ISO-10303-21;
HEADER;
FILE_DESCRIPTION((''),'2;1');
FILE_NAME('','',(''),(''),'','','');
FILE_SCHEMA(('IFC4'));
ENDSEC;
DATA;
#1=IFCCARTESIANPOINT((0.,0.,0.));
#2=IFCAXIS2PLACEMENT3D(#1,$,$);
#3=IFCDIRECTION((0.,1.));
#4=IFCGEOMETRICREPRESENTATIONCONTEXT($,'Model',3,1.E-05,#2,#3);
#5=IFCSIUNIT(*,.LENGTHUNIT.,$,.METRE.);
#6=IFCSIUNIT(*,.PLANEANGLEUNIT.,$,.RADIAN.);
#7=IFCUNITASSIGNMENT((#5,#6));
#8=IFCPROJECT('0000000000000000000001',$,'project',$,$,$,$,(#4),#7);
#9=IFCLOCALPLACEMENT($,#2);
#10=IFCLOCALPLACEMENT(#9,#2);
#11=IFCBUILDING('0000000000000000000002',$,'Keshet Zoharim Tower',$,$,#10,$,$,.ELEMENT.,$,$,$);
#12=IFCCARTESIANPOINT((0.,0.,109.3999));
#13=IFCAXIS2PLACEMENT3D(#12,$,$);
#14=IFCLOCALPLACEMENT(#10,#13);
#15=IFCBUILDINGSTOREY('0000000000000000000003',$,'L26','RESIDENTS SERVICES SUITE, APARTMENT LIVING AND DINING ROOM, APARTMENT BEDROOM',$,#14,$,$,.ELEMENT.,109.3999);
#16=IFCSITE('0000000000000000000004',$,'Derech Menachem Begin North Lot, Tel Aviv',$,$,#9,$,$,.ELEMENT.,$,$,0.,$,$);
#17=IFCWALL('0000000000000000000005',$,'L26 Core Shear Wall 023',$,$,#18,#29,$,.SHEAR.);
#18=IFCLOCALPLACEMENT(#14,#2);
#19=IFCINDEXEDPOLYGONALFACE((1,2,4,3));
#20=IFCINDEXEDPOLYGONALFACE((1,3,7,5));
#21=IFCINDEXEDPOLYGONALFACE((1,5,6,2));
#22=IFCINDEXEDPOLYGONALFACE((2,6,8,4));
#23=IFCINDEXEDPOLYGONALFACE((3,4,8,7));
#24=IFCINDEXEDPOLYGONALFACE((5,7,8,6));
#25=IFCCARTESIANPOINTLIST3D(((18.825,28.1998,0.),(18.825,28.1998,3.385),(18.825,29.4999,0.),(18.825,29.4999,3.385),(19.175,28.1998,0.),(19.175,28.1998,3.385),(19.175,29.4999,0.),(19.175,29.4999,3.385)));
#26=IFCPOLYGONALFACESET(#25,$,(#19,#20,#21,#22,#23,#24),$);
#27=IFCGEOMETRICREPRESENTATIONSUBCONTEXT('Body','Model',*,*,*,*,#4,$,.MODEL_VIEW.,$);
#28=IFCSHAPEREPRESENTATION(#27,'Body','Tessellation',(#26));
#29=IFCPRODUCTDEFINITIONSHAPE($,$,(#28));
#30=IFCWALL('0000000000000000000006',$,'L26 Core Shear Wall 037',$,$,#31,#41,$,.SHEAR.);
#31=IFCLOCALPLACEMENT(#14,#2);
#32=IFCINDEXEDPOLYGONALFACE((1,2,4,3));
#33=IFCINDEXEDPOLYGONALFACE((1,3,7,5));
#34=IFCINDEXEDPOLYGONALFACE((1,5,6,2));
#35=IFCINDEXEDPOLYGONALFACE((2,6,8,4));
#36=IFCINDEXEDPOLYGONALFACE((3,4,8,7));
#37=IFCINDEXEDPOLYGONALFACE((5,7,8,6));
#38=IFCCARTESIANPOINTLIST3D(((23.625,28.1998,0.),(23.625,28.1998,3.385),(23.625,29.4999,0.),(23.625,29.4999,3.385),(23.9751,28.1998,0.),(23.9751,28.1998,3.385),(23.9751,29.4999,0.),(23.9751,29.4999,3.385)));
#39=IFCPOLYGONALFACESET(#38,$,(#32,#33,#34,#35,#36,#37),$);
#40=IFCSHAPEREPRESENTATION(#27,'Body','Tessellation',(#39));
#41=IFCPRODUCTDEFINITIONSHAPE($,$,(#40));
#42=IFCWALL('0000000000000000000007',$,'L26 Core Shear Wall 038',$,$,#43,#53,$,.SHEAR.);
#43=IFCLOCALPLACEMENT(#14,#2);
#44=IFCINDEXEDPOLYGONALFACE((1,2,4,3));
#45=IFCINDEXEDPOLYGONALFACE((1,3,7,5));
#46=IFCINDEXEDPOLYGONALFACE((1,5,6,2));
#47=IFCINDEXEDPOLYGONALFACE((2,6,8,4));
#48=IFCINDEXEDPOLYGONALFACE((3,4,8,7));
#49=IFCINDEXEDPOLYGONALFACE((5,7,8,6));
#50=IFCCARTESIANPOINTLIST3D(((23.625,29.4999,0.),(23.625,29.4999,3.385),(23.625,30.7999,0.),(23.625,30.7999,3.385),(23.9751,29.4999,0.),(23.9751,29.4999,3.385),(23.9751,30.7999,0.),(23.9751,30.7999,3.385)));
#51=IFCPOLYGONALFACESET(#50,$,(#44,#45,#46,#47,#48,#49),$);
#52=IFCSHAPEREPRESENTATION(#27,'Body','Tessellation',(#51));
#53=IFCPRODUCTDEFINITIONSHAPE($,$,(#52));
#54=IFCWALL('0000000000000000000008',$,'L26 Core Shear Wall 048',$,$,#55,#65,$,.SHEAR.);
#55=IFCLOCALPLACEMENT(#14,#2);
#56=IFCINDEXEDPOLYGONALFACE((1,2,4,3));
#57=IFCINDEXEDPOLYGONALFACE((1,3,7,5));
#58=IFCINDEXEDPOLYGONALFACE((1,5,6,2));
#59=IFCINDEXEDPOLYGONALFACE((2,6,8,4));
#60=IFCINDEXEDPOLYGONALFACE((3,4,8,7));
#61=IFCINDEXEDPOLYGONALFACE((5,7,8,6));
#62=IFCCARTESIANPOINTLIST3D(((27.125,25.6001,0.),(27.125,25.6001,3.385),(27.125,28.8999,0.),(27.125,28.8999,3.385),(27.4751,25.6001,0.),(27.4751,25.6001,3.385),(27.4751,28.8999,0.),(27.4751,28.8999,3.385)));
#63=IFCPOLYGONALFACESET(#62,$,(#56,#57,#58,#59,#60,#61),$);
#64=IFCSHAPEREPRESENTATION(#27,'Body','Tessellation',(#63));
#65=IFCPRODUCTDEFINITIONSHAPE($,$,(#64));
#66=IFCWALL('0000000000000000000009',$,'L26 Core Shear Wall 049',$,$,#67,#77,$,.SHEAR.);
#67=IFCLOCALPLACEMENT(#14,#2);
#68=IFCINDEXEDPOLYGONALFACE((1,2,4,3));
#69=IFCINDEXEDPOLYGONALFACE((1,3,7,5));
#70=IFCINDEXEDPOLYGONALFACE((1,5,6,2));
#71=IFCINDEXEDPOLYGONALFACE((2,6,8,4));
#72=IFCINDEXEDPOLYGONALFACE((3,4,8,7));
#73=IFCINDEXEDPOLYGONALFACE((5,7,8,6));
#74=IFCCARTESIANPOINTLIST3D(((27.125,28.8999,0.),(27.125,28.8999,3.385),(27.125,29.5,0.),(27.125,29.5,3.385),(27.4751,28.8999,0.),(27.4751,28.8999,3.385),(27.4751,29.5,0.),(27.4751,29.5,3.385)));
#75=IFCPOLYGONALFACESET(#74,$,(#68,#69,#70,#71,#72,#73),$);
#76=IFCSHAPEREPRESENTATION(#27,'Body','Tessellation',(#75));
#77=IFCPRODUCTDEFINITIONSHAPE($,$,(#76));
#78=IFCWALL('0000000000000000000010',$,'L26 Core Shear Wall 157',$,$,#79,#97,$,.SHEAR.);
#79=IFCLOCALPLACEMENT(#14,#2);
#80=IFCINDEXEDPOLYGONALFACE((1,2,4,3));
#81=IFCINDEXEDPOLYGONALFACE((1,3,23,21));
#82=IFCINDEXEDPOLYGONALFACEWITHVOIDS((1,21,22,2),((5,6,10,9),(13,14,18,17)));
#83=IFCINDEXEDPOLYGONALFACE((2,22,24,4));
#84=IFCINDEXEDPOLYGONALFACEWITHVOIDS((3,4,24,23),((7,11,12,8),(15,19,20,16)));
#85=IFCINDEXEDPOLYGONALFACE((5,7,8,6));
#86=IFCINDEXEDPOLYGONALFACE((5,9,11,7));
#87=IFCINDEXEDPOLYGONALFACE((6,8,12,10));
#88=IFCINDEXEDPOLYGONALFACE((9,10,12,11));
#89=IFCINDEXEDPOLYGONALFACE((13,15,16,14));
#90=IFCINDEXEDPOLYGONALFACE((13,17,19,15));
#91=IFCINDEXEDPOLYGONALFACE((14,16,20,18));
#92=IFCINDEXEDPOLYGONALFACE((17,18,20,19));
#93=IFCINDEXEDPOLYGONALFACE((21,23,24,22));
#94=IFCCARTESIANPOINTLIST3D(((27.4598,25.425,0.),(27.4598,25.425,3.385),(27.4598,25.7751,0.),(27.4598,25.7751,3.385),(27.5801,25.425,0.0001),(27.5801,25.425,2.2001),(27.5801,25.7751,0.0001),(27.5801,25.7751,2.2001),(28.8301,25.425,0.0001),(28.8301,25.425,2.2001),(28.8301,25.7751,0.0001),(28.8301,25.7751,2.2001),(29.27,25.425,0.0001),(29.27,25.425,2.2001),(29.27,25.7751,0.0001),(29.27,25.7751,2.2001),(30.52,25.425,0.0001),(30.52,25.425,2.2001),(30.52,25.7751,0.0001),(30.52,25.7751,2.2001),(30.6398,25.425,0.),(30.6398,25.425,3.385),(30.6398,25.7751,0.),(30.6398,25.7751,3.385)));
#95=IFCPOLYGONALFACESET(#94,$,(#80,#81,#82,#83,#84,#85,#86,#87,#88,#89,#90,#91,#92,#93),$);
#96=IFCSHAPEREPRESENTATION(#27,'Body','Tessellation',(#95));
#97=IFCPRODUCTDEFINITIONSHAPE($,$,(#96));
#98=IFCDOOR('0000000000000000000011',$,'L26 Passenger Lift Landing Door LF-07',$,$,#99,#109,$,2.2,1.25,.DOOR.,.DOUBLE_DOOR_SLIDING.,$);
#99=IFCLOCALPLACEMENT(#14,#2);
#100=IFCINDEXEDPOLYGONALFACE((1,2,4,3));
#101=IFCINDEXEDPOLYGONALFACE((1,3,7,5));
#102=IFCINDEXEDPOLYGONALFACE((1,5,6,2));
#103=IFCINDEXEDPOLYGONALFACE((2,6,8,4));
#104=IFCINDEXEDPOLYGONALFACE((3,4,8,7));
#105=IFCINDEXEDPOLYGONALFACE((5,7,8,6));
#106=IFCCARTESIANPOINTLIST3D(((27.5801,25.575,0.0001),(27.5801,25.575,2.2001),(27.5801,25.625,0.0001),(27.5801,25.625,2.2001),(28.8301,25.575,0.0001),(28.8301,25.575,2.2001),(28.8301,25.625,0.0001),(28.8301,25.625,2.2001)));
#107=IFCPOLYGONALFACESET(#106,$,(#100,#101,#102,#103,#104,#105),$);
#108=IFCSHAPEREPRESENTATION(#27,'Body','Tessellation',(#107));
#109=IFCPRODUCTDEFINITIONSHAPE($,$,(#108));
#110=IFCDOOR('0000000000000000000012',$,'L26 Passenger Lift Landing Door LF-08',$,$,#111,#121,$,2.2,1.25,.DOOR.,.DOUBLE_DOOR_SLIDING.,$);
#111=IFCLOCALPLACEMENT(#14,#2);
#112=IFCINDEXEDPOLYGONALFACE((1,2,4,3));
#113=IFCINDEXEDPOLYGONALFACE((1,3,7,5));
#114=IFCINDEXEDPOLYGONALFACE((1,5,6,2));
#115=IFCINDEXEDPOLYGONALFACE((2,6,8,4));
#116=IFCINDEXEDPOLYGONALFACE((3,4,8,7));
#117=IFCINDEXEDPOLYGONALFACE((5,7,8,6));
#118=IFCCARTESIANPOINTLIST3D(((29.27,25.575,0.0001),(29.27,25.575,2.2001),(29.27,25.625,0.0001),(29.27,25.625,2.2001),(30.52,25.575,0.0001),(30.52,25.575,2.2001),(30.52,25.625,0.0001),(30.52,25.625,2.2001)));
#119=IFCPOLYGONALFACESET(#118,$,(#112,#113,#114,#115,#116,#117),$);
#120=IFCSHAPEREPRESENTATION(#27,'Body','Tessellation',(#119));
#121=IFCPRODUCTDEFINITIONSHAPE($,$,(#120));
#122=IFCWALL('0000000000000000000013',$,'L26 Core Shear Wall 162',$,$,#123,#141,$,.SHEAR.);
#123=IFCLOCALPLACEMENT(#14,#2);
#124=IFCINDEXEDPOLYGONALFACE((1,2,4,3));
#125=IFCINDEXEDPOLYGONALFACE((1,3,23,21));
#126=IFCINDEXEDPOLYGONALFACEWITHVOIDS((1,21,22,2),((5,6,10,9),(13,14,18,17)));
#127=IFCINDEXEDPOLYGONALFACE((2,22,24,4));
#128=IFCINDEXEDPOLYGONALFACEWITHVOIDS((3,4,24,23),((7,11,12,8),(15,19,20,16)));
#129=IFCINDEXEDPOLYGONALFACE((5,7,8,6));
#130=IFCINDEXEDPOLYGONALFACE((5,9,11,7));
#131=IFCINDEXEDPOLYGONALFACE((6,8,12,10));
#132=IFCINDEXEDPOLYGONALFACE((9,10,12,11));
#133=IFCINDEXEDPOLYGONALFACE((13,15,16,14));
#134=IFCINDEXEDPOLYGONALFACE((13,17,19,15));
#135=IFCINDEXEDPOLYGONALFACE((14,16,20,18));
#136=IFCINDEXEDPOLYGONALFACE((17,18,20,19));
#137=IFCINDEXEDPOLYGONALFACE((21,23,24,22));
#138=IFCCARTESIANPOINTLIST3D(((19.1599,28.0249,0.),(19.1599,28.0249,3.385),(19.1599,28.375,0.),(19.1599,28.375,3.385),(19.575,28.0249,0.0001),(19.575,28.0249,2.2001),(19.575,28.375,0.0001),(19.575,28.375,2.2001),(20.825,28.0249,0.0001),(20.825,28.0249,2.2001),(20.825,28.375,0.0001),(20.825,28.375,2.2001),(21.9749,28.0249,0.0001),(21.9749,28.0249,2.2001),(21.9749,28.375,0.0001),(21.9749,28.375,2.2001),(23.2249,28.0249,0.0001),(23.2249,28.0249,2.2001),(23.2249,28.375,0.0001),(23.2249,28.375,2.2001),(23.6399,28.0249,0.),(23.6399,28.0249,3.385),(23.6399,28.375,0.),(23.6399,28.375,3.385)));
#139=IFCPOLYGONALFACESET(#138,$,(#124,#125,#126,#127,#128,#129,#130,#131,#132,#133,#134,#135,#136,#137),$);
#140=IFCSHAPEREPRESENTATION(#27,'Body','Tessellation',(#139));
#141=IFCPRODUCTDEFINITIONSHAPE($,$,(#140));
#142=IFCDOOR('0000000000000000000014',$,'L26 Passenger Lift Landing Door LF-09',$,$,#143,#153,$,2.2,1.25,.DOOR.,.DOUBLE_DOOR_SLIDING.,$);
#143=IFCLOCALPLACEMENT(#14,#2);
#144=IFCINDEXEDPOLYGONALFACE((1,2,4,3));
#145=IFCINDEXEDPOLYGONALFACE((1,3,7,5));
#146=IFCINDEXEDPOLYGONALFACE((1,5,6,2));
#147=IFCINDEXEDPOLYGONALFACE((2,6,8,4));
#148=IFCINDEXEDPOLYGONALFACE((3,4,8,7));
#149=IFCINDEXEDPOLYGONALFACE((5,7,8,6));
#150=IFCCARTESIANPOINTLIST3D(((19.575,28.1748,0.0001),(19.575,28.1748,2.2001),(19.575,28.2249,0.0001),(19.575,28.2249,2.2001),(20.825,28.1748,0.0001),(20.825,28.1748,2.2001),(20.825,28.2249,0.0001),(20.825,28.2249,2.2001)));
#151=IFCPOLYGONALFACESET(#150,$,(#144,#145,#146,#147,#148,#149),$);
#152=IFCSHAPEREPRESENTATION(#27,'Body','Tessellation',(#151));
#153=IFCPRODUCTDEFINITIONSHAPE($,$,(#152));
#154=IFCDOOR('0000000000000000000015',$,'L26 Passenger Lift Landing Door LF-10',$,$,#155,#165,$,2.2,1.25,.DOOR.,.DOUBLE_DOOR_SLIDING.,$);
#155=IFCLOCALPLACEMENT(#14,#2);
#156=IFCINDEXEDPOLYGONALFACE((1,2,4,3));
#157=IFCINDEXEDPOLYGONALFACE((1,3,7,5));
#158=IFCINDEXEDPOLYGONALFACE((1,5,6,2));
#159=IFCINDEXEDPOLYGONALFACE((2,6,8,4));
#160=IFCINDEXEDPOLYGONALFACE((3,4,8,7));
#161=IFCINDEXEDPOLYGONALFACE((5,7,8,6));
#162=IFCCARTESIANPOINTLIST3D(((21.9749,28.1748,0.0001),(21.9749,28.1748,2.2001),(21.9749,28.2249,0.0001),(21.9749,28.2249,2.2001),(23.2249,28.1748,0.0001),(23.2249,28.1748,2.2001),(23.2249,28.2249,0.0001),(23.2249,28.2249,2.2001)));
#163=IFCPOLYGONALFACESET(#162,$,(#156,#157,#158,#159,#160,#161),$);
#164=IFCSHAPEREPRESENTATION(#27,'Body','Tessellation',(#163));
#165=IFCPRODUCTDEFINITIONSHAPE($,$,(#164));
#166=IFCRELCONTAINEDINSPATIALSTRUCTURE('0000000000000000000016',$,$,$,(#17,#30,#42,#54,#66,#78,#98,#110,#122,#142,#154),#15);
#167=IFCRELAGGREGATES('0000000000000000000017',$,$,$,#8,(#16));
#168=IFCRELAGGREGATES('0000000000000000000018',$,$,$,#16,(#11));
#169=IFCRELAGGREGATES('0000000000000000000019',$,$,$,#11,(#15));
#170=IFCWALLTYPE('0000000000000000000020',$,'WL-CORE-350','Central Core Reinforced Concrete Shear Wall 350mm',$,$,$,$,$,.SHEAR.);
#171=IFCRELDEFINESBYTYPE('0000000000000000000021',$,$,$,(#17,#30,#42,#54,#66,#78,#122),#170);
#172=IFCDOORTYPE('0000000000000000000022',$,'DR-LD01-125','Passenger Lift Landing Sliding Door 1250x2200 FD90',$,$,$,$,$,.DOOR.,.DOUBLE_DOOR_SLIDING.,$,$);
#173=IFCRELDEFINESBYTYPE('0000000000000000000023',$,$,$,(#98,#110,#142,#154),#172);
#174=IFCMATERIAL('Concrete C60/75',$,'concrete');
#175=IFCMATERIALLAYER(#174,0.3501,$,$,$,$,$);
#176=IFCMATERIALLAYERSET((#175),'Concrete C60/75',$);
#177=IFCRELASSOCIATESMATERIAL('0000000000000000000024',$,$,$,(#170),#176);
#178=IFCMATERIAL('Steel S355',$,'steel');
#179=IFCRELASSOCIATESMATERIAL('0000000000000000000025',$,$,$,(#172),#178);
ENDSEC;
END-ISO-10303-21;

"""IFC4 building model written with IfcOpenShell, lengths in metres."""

from ifc_helpers import new_model, si_unit, direction, frame, frame_2d, origin, place, context, subcontext, project, spatial, rectangle, extrude, material, layer, layer_set, type_object, element, fill, save


model = new_model("IFC4")

# Units and contexts
model_context = context("Model", 3, precision=1e-05, world=origin(), true_north=direction((0.0, 1.0)))
body_context = subcontext(model_context, "Body", "Model", "MODEL_VIEW")
ifc_project = project(units=[si_unit("LENGTHUNIT", "METRE"), si_unit("PLANEANGLEUNIT", "RADIAN")], contexts=[model_context])

# Site, building, storey
site_placement = place(None, origin())
site = spatial("IfcSite", under=ifc_project, at=site_placement, Name="Derech Menachem Begin North Lot, Tel Aviv", CompositionType="ELEMENT", RefElevation=0.0)
building_placement = place(site_placement, origin())
building = spatial("IfcBuilding", under=site, at=building_placement, Name="Keshet Zoharim Tower", CompositionType="ELEMENT")
storey_placement = place(building_placement, frame((0.0, 0.0, 109.3999)))
storey = spatial("IfcBuildingStorey", under=building, at=storey_placement, Name="L26", Description="RESIDENTS SERVICES SUITE, APARTMENT LIVING AND DINING ROOM, APARTMENT BEDROOM", CompositionType="ELEMENT", Elevation=109.3999)

# Wall
ifc_material_1 = material(Name="Concrete C60/75", Category="concrete")
ifc_layer_1 = layer(ifc_material_1, 0.3501)
ifc_layer_set_1 = layer_set([ifc_layer_1], Name="Concrete C60/75")
wall_type_1 = type_object("IfcWallType", Name="WL-CORE-350", Description="Central Core Reinforced Concrete Shear Wall 350mm", PredefinedType="SHEAR", material=ifc_layer_set_1)
wall_1_placement = place(storey_placement, frame((19.0, 28.2, 0.0), z_axis=(0.0, 0.0, 1.0), x_axis=(0.0, 1.0, 0.0)))
element("IfcWall", 1, at=wall_1_placement, inside=storey, type_object=wall_type_1, Name="L26 Core Shear Wall 023", PredefinedType="SHEAR", context=body_context, shape_type="SweptSolid", body=[
    extrude(rectangle(XDim=1.3, YDim=0.3501, at=frame_2d((0.6499, 0.0))), origin(), (0.0, 0.0, 1.0), 3.385),
])

# Walls
for number, where, z_axis, x_axis, name in (
    (2, (23.8, 28.2, 0.0), (0.0, 0.0, 1.0), (0.0, 1.0, 0.0), "L26 Core Shear Wall 037"),
    (3, (23.8, 29.5, 0.0), (0.0, 0.0, 1.0), (0.0, 1.0, 0.0), "L26 Core Shear Wall 038"),
):
    element("IfcWall", number, at=place(storey_placement, frame(where, z_axis=z_axis, x_axis=x_axis)), inside=storey, type_object=wall_type_1, Name=name, PredefinedType="SHEAR", context=body_context, shape_type="SweptSolid", body=[
        extrude(rectangle(XDim=1.3, YDim=0.3501, at=frame_2d((0.6499, 0.0))), origin(), (0.0, 0.0, 1.0), 3.385),
    ])
wall_2_placement = place(storey_placement, frame((27.3, 25.6001, 0.0), z_axis=(0.0, 0.0, 1.0), x_axis=(0.0, 1.0, 0.0)))
element("IfcWall", 4, at=wall_2_placement, inside=storey, type_object=wall_type_1, Name="L26 Core Shear Wall 048", PredefinedType="SHEAR", context=body_context, shape_type="SweptSolid", body=[
    extrude(rectangle(XDim=3.2998, YDim=0.3501, at=frame_2d((1.6499, 0.0))), origin(), (0.0, 0.0, 1.0), 3.385),
])
wall_3_placement = place(storey_placement, frame((27.3, 28.8999, 0.0), z_axis=(0.0, 0.0, 1.0), x_axis=(0.0, 1.0, 0.0)))
element("IfcWall", 5, at=wall_3_placement, inside=storey, type_object=wall_type_1, Name="L26 Core Shear Wall 049", PredefinedType="SHEAR", context=body_context, shape_type="SweptSolid", body=[
    extrude(rectangle(XDim=0.6001, YDim=0.3501, at=frame_2d((0.3, 0.0))), origin(), (0.0, 0.0, 1.0), 3.385),
])

# Walls, openings, doors
wall_4_placement = place(storey_placement, frame((27.46, 25.6001, 0.0), z_axis=(0.0, 0.0, 1.0), x_axis=(1.0, 0.0, 0.0)))
wall_4 = element("IfcWall", 6, at=wall_4_placement, inside=storey, type_object=wall_type_1, Name="L26 Core Shear Wall 157", PredefinedType="SHEAR", context=body_context, shape_type="SweptSolid", body=[
    extrude(rectangle(XDim=3.1799, YDim=0.3501, at=frame_2d((1.5898, 0.0))), origin(), (0.0, 0.0, 1.0), 3.385),
])
opening_1_placement = place(wall_4_placement, frame((0.1201, 0.0, 0.0)))
opening_1 = element("IfcOpeningElement", 7, at=opening_1_placement, cuts=wall_4, PredefinedType="OPENING", context=body_context, shape_type="SweptSolid", body=[
    extrude(rectangle(XDim=1.25, YDim=2.2, at=frame_2d((0.625, 1.1001))), frame((0.0, 0.1851, 0.0), z_axis=(0.0, -1.0, 0.0), x_axis=(1.0, 0.0, 0.0)), (0.0, 0.0, 1.0), 0.3701),
])
opening_2_placement = place(wall_4_placement, frame((1.8101, 0.0, 0.0)))
opening_2 = element("IfcOpeningElement", 8, at=opening_2_placement, cuts=wall_4, PredefinedType="OPENING", context=body_context, shape_type="SweptSolid", body=[
    extrude(rectangle(XDim=1.25, YDim=2.2, at=frame_2d((0.625, 1.1001))), frame((0.0, 0.1851, 0.0), z_axis=(0.0, -1.0, 0.0), x_axis=(1.0, 0.0, 0.0)), (0.0, 0.0, 1.0), 0.3701),
])
ifc_material_2 = material(Name="Steel S355", Category="steel")
door_type_1 = type_object("IfcDoorType", Name="DR-LD01-125", Description="Passenger Lift Landing Sliding Door 1250x2200 FD90", OperationType="DOUBLE_DOOR_SLIDING", PredefinedType="DOOR", material=ifc_material_2)
door_1_placement = place(opening_1_placement, origin())
door_1 = element("IfcDoor", 9, at=door_1_placement, inside=storey, type_object=door_type_1, Name="L26 Passenger Lift Landing Door LF-07", OperationType="DOUBLE_DOOR_SLIDING", OverallHeight=2.2, OverallWidth=1.25, PredefinedType="DOOR", context=body_context, shape_type="SweptSolid", body=[
    extrude(rectangle(XDim=1.25, YDim=2.2, at=frame_2d((0.625, 1.1001))), frame((0.0, 0.0249, 0.0), z_axis=(0.0, -1.0, 0.0), x_axis=(1.0, 0.0, 0.0)), (0.0, 0.0, 1.0), 0.05),
])
fill(opening_1, door_1)
door_2_placement = place(opening_2_placement, origin())
door_2 = element("IfcDoor", 10, at=door_2_placement, inside=storey, type_object=door_type_1, Name="L26 Passenger Lift Landing Door LF-08", OperationType="DOUBLE_DOOR_SLIDING", OverallHeight=2.2, OverallWidth=1.25, PredefinedType="DOOR", context=body_context, shape_type="SweptSolid", body=[
    extrude(rectangle(XDim=1.25, YDim=2.2, at=frame_2d((0.625, 1.1001))), frame((0.0, 0.0249, 0.0), z_axis=(0.0, -1.0, 0.0), x_axis=(1.0, 0.0, 0.0)), (0.0, 0.0, 1.0), 0.05),
])
fill(opening_2, door_2)
wall_5_placement = place(storey_placement, frame((19.1599, 28.2, 0.0), z_axis=(0.0, 0.0, 1.0), x_axis=(1.0, 0.0, 0.0)))
wall_5 = element("IfcWall", 11, at=wall_5_placement, inside=storey, type_object=wall_type_1, Name="L26 Core Shear Wall 162", PredefinedType="SHEAR", context=body_context, shape_type="SweptSolid", body=[
    extrude(rectangle(XDim=4.48, YDim=0.3501, at=frame_2d((2.24, 0.0))), origin(), (0.0, 0.0, 1.0), 3.385),
])
opening_3_placement = place(wall_5_placement, frame((0.415, 0.0, 0.0)))
opening_3 = element("IfcOpeningElement", 12, at=opening_3_placement, cuts=wall_5, PredefinedType="OPENING", context=body_context, shape_type="SweptSolid", body=[
    extrude(rectangle(XDim=1.25, YDim=2.2, at=frame_2d((0.625, 1.1001))), frame((0.0, 0.1851, 0.0), z_axis=(0.0, -1.0, 0.0), x_axis=(1.0, 0.0, 0.0)), (0.0, 0.0, 1.0), 0.3701),
])
opening_4_placement = place(wall_5_placement, frame((2.8149, 0.0, 0.0)))
opening_4 = element("IfcOpeningElement", 13, at=opening_4_placement, cuts=wall_5, PredefinedType="OPENING", context=body_context, shape_type="SweptSolid", body=[
    extrude(rectangle(XDim=1.25, YDim=2.2, at=frame_2d((0.625, 1.1001))), frame((0.0, 0.1851, 0.0), z_axis=(0.0, -1.0, 0.0), x_axis=(1.0, 0.0, 0.0)), (0.0, 0.0, 1.0), 0.3701),
])
door_3_placement = place(opening_3_placement, origin())
door_3 = element("IfcDoor", 14, at=door_3_placement, inside=storey, type_object=door_type_1, Name="L26 Passenger Lift Landing Door LF-09", OperationType="DOUBLE_DOOR_SLIDING", OverallHeight=2.2, OverallWidth=1.25, PredefinedType="DOOR", context=body_context, shape_type="SweptSolid", body=[
    extrude(rectangle(XDim=1.25, YDim=2.2, at=frame_2d((0.625, 1.1001))), frame((0.0, 0.0249, 0.0), z_axis=(0.0, -1.0, 0.0), x_axis=(1.0, 0.0, 0.0)), (0.0, 0.0, 1.0), 0.05),
])
fill(opening_3, door_3)
door_4_placement = place(opening_4_placement, origin())
door_4 = element("IfcDoor", 15, at=door_4_placement, inside=storey, type_object=door_type_1, Name="L26 Passenger Lift Landing Door LF-10", OperationType="DOUBLE_DOOR_SLIDING", OverallHeight=2.2, OverallWidth=1.25, PredefinedType="DOOR", context=body_context, shape_type="SweptSolid", body=[
    extrude(rectangle(XDim=1.25, YDim=2.2, at=frame_2d((0.625, 1.1001))), frame((0.0, 0.0249, 0.0), z_axis=(0.0, -1.0, 0.0), x_axis=(1.0, 0.0, 0.0)), (0.0, 0.0, 1.0), 0.05),
])
fill(opening_4, door_4)

save(model, "model.ifc")
